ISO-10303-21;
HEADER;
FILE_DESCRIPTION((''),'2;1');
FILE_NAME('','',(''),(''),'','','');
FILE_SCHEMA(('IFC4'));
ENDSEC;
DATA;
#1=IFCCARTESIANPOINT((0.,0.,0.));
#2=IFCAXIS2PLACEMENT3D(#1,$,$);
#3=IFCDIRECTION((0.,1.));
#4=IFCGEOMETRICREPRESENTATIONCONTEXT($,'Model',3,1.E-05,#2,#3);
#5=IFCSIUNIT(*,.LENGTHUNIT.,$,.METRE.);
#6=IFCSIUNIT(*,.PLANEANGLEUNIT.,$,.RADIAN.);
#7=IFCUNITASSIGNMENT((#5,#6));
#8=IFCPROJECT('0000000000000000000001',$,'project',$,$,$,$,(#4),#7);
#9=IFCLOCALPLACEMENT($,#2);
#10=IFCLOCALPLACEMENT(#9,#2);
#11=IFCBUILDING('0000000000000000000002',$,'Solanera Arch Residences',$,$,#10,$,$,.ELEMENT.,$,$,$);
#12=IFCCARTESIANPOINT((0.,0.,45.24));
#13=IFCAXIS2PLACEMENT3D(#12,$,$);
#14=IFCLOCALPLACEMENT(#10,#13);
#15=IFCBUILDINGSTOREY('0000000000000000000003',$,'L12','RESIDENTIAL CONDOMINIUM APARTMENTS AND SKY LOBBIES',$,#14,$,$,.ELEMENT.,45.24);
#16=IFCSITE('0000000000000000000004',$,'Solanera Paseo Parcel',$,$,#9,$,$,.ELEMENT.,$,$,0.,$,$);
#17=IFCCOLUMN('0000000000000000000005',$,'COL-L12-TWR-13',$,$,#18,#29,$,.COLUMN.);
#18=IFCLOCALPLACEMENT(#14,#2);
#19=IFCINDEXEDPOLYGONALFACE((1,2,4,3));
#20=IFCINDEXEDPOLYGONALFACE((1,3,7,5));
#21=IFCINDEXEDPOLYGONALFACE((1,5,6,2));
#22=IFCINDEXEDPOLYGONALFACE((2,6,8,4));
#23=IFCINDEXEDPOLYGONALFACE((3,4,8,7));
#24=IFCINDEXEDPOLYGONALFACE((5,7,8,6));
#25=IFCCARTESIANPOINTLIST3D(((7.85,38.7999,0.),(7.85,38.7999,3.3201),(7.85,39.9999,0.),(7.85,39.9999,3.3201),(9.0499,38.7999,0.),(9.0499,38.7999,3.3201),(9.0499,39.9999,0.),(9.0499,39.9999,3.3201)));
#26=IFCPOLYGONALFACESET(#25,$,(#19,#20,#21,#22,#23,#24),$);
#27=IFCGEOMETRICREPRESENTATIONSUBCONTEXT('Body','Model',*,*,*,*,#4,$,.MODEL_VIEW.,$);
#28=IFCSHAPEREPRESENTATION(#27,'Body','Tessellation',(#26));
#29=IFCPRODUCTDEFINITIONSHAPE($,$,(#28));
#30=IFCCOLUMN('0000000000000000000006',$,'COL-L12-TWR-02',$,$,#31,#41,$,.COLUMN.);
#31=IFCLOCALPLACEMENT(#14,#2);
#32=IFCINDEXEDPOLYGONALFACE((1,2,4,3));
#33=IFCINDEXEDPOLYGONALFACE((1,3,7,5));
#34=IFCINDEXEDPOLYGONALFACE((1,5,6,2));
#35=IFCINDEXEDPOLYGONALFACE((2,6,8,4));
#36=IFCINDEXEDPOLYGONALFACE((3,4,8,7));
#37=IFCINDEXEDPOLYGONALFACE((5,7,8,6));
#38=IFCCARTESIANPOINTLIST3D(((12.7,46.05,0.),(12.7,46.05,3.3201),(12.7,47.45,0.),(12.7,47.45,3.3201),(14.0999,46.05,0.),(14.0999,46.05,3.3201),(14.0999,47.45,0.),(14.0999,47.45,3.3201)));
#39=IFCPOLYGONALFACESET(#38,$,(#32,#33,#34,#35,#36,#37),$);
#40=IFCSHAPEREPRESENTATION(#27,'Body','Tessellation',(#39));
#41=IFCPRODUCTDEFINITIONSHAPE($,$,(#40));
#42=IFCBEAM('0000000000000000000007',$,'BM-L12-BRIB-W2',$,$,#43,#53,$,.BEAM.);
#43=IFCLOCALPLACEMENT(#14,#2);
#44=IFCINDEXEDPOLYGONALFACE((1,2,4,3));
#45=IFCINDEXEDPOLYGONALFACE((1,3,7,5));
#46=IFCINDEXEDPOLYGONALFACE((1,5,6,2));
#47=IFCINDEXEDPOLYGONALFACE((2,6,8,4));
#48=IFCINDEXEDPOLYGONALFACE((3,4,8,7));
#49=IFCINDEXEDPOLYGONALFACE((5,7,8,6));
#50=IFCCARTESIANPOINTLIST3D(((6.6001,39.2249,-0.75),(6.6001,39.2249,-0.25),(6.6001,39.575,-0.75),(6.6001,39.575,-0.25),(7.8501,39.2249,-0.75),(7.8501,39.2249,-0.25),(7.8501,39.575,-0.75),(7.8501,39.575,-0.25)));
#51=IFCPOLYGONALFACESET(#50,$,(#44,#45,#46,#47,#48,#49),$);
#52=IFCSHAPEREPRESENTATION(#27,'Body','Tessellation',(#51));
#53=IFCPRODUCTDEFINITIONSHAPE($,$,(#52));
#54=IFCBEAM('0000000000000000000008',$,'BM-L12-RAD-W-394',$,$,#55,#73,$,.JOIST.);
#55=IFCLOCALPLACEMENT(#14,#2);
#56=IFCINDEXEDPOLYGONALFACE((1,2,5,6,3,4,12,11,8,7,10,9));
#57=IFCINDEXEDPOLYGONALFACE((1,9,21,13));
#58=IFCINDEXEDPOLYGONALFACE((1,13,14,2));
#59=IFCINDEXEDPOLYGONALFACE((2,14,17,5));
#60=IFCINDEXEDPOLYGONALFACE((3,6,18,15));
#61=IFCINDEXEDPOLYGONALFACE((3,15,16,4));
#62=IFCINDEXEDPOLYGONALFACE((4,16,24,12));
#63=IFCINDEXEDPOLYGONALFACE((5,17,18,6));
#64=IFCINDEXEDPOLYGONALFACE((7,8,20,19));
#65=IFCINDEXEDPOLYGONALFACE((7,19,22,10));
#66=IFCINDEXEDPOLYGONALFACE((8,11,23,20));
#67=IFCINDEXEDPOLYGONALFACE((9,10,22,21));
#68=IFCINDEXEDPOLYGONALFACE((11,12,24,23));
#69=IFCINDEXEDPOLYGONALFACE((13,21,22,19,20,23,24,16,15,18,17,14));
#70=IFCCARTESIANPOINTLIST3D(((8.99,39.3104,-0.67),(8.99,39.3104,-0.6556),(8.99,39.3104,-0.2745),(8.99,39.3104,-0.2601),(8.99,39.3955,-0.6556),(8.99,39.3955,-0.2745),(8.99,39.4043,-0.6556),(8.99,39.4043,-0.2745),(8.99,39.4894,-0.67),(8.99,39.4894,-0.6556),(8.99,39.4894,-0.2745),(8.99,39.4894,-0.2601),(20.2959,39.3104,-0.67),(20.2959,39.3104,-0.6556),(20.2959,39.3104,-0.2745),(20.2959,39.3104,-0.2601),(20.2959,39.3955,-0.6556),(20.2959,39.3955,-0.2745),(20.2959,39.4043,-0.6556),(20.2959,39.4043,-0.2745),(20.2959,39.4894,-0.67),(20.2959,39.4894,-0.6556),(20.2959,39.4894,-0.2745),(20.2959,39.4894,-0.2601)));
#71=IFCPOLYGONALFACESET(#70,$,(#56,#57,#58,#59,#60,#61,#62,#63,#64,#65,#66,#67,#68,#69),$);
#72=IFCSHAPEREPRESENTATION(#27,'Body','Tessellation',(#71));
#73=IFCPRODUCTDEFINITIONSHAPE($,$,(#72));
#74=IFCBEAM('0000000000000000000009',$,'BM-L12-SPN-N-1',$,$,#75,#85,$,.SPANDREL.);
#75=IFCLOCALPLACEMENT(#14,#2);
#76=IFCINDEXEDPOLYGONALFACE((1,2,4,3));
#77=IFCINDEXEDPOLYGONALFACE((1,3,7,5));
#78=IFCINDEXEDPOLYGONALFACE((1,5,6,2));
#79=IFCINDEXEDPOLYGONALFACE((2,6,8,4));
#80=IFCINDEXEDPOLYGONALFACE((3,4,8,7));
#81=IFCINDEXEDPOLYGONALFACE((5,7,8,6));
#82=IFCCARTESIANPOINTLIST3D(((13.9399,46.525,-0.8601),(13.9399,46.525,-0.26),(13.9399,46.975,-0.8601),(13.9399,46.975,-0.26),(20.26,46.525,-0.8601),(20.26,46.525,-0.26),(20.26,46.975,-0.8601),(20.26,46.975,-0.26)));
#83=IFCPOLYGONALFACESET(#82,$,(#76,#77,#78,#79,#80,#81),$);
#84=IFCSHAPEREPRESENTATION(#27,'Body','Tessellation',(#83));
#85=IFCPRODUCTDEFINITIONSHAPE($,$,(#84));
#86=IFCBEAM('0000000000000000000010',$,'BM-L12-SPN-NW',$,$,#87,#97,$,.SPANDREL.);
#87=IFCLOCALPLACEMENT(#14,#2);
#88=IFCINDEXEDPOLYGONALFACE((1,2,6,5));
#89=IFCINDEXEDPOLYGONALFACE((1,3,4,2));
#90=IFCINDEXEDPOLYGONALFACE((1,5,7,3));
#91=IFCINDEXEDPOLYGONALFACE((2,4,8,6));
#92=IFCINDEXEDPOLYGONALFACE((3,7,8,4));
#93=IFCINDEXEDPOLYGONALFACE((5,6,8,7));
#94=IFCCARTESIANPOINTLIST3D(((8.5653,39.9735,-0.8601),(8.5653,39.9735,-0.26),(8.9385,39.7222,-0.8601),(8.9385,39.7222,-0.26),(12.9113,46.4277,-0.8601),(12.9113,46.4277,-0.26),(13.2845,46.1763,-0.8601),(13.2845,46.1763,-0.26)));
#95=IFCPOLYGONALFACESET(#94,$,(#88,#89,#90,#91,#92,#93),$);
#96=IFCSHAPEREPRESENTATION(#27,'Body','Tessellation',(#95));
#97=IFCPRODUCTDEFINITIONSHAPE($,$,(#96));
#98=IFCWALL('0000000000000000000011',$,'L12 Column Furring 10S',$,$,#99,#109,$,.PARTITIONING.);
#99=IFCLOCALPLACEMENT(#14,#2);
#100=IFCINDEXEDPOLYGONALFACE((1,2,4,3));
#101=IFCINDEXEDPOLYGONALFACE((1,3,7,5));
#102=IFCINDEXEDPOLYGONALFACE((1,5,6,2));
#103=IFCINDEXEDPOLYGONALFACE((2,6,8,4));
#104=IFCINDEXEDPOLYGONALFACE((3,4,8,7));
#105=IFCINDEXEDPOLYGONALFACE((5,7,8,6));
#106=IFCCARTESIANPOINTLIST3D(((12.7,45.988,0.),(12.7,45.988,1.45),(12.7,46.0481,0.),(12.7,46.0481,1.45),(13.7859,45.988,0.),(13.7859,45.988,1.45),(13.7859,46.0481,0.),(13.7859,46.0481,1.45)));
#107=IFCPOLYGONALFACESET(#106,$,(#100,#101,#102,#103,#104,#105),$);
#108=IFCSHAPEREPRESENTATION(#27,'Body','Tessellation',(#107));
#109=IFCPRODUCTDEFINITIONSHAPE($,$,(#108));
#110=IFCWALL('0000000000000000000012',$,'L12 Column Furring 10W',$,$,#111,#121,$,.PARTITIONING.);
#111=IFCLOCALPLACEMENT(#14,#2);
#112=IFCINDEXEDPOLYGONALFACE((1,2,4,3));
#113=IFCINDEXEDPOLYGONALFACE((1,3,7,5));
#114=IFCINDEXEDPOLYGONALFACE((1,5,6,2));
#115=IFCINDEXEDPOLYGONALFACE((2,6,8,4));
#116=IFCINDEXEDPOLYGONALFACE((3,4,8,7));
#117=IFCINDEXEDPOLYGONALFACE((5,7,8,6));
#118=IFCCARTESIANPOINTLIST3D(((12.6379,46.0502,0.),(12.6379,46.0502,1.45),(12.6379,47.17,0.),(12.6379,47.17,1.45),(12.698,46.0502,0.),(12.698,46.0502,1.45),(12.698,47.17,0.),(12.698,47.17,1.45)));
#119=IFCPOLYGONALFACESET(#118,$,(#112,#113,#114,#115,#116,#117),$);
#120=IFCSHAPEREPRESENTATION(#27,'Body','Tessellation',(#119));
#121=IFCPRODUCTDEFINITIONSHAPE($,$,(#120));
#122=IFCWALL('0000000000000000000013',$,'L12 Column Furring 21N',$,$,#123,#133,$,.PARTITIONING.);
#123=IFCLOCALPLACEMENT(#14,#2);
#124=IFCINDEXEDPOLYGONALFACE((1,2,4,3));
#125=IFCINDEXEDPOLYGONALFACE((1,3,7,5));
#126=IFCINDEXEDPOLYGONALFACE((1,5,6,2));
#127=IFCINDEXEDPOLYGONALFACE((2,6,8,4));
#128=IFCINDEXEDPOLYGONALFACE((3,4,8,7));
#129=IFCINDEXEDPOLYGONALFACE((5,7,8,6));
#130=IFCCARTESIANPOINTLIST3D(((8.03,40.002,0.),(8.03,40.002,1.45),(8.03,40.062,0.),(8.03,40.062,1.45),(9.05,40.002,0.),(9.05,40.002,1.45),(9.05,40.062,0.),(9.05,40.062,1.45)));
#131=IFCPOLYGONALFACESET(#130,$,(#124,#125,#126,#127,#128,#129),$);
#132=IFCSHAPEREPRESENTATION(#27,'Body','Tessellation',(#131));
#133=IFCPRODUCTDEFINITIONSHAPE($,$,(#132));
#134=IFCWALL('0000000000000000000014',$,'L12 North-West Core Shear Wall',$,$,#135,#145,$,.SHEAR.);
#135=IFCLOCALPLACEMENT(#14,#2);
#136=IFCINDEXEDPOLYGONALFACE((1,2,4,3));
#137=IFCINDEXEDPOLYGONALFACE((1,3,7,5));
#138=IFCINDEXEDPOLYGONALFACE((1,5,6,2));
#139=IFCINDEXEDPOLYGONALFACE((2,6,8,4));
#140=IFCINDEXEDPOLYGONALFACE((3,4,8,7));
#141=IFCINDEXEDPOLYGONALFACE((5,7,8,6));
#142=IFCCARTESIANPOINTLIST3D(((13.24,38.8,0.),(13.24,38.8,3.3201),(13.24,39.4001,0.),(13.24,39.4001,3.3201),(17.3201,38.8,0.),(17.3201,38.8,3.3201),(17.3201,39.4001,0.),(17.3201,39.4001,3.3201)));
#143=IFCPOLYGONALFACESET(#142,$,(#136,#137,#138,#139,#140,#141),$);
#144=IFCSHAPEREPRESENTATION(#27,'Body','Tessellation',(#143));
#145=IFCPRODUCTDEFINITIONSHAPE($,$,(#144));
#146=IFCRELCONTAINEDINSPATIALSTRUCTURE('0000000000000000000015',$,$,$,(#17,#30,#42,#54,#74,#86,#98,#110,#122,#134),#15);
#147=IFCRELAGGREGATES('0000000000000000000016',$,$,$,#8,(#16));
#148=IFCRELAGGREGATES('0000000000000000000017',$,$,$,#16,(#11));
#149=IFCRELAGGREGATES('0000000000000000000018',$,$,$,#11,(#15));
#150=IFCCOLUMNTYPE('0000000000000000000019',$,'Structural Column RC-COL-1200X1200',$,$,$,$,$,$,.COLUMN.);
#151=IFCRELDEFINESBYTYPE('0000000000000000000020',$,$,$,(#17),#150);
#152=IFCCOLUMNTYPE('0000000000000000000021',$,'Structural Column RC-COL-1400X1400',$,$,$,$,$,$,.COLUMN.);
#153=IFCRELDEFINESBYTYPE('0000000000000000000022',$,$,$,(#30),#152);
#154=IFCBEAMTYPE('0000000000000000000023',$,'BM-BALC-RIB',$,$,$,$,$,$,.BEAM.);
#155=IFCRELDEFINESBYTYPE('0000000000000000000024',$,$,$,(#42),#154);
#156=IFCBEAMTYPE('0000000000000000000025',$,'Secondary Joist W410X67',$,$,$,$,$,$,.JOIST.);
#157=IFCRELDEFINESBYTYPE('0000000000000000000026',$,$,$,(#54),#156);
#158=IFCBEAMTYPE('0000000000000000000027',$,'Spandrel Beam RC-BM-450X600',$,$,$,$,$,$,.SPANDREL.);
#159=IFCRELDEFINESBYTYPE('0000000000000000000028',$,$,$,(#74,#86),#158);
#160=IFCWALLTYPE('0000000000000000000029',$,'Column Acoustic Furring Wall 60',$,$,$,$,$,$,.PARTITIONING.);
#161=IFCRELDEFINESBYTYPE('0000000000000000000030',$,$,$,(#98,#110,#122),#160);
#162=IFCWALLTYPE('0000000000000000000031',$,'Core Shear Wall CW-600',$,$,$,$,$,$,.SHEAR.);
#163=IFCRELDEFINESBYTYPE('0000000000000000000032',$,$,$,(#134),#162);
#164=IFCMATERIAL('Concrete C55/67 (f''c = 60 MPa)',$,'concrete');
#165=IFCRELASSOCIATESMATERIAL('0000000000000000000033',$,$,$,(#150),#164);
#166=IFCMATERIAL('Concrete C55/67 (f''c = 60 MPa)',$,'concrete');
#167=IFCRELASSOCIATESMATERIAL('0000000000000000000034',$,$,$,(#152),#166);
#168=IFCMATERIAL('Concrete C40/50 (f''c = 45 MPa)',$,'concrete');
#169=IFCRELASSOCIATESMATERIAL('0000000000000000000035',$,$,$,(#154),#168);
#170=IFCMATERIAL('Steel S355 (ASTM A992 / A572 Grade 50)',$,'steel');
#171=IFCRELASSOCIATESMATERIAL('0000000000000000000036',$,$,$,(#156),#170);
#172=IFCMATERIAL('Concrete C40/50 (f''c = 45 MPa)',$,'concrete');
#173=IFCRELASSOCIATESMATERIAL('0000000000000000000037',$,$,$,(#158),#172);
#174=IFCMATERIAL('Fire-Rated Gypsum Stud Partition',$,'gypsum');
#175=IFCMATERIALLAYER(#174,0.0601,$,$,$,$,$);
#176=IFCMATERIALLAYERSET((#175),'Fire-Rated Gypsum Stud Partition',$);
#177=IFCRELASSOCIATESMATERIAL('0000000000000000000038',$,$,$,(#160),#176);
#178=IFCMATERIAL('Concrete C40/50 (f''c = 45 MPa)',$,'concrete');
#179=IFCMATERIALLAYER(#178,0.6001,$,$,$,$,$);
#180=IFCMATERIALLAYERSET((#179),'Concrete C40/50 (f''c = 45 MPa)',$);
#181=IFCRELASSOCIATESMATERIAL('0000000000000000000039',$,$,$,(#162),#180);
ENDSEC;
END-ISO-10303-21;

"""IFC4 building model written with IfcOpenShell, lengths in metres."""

from ifc_helpers import new_model, si_unit, direction, frame, frame_2d, origin, origin_2d, place, context, subcontext, project, spatial, rectangle, i_section, extrude, material, layer, layer_set, material_profile, profile_set, type_object, element, save


model = new_model("IFC4")

# Units and contexts
model_context = context("Model", 3, precision=1e-05, world=origin(), true_north=direction((0.0, 1.0)))
body_context = subcontext(model_context, "Body", "Model", "MODEL_VIEW")
ifc_project = project(units=[si_unit("LENGTHUNIT", "METRE"), si_unit("PLANEANGLEUNIT", "RADIAN")], contexts=[model_context])

# Site, building, storey
site_placement = place(None, origin())
site = spatial("IfcSite", under=ifc_project, at=site_placement, Name="Solanera Paseo Parcel", CompositionType="ELEMENT", RefElevation=0.0)
building_placement = place(site_placement, origin())
building = spatial("IfcBuilding", under=site, at=building_placement, Name="Solanera Arch Residences", CompositionType="ELEMENT")
storey_placement = place(building_placement, frame((0.0, 0.0, 45.24)))
storey = spatial("IfcBuildingStorey", under=building, at=storey_placement, Name="L12", Description="RESIDENTIAL CONDOMINIUM APARTMENTS AND SKY LOBBIES", CompositionType="ELEMENT", Elevation=45.24)

# Columns
ifc_material_1 = material(Name="Concrete C55/67 (f'c = 60 MPa)", Category="concrete")
ifc_material_profile_1 = material_profile(ifc_material_1, rectangle(XDim=1.2, YDim=1.2, at=origin_2d()))
ifc_profile_set_1 = profile_set([ifc_material_profile_1], Name="Concrete C55/67 (f'c = 60 MPa)")
column_type_1 = type_object("IfcColumnType", Name="Structural Column RC-COL-1200X1200", PredefinedType="COLUMN", material=ifc_profile_set_1)
column_1_placement = place(storey_placement, frame((8.45, 39.3999, 0.0), z_axis=(0.0, 0.0, 1.0), x_axis=(1.0, 0.0, 0.0)))
element("IfcColumn", 1, at=column_1_placement, inside=storey, type_object=column_type_1, Name="COL-L12-TWR-13", PredefinedType="COLUMN", context=body_context, shape_type="SweptSolid", body=[
    extrude(rectangle(XDim=1.2, YDim=1.2, at=origin_2d()), origin(), (0.0, 0.0, 1.0), 3.3201),
])
ifc_material_2 = material(Name="Concrete C55/67 (f'c = 60 MPa)", Category="concrete")
ifc_material_profile_2 = material_profile(ifc_material_2, rectangle(XDim=1.3999, YDim=1.3999, at=origin_2d()))
ifc_profile_set_2 = profile_set([ifc_material_profile_2], Name="Concrete C55/67 (f'c = 60 MPa)")
column_type_2 = type_object("IfcColumnType", Name="Structural Column RC-COL-1400X1400", PredefinedType="COLUMN", material=ifc_profile_set_2)
column_2_placement = place(storey_placement, frame((13.3999, 46.75, 0.0), z_axis=(0.0, 0.0, 1.0), x_axis=(1.0, 0.0, 0.0)))
element("IfcColumn", 2, at=column_2_placement, inside=storey, type_object=column_type_2, Name="COL-L12-TWR-02", PredefinedType="COLUMN", context=body_context, shape_type="SweptSolid", body=[
    extrude(rectangle(XDim=1.3999, YDim=1.3999, at=origin_2d()), origin(), (0.0, 0.0, 1.0), 3.3201),
])

# Beams
ifc_material_3 = material(Name="Concrete C40/50 (f'c = 45 MPa)", Category="concrete")
ifc_material_profile_3 = material_profile(ifc_material_3, rectangle(XDim=0.3501, YDim=0.5, at=origin_2d()))
ifc_profile_set_3 = profile_set([ifc_material_profile_3], Name="Concrete C40/50 (f'c = 45 MPa)")
beam_type_1 = type_object("IfcBeamType", Name="BM-BALC-RIB", PredefinedType="BEAM", material=ifc_profile_set_3)
beam_1_placement = place(storey_placement, frame((6.6001, 39.3999, -0.5), z_axis=(1.0, 0.0, 0.0), x_axis=(0.0, 1.0, 0.0)))
element("IfcBeam", 3, at=beam_1_placement, inside=storey, type_object=beam_type_1, Name="BM-L12-BRIB-W2", PredefinedType="BEAM", context=body_context, shape_type="SweptSolid", body=[
    extrude(rectangle(XDim=0.3501, YDim=0.5, at=origin_2d()), origin(), (0.0, 0.0, 1.0), 1.25),
])
ifc_material_4 = material(Name="Steel S355 (ASTM A992 / A572 Grade 50)", Category="steel")
ifc_material_profile_4 = material_profile(ifc_material_4, i_section(OverallWidth=0.179, OverallDepth=0.4099, WebThickness=0.0088, FlangeThickness=0.0144, at=origin_2d()))
ifc_profile_set_4 = profile_set([ifc_material_profile_4], Name="Steel S355 (ASTM A992 / A572 Grade 50)")
beam_type_2 = type_object("IfcBeamType", Name="Secondary Joist W410X67", PredefinedType="JOIST", material=ifc_profile_set_4)
beam_2_placement = place(storey_placement, frame((8.99, 39.3999, -0.4651), z_axis=(1.0, 0.0, 0.0), x_axis=(0.0, 1.0, 0.0)))
element("IfcBeam", 4, at=beam_2_placement, inside=storey, type_object=beam_type_2, Name="BM-L12-RAD-W-394", PredefinedType="JOIST", context=body_context, shape_type="SweptSolid", body=[
    extrude(i_section(OverallWidth=0.179, OverallDepth=0.4099, WebThickness=0.0088, FlangeThickness=0.0144, at=origin_2d()), origin(), (0.0, 0.0, 1.0), 11.3059),
])
ifc_material_5 = material(Name="Concrete C40/50 (f'c = 45 MPa)", Category="concrete")
ifc_material_profile_5 = material_profile(ifc_material_5, rectangle(XDim=0.45, YDim=0.6001, at=origin_2d()))
ifc_profile_set_5 = profile_set([ifc_material_profile_5], Name="Concrete C40/50 (f'c = 45 MPa)")
beam_type_3 = type_object("IfcBeamType", Name="Spandrel Beam RC-BM-450X600", PredefinedType="SPANDREL", material=ifc_profile_set_5)
beam_3_placement = place(storey_placement, frame((13.9399, 46.75, -0.5601), z_axis=(1.0, 0.0, 0.0), x_axis=(0.0, 1.0, 0.0)))
element("IfcBeam", 5, at=beam_3_placement, inside=storey, type_object=beam_type_3, Name="BM-L12-SPN-N-1", PredefinedType="SPANDREL", context=body_context, shape_type="SweptSolid", body=[
    extrude(rectangle(XDim=0.45, YDim=0.6001, at=origin_2d()), origin(), (0.0, 0.0, 1.0), 6.3201),
])
beam_4_placement = place(storey_placement, frame((13.0979, 46.302, -0.5601), z_axis=(-0.558539, -0.829478, 0.0), x_axis=(0.829478, -0.558539, 0.0)))
element("IfcBeam", 6, at=beam_4_placement, inside=storey, type_object=beam_type_3, Name="BM-L12-SPN-NW", PredefinedType="SPANDREL", context=body_context, shape_type="SweptSolid", body=[
    extrude(rectangle(XDim=0.45, YDim=0.6001, at=origin_2d()), origin(), (0.0, 0.0, 1.0), 7.781),
])

# Walls
ifc_material_6 = material(Name="Fire-Rated Gypsum Stud Partition", Category="gypsum")
ifc_layer_1 = layer(ifc_material_6, 0.0601)
ifc_layer_set_1 = layer_set([ifc_layer_1], Name="Fire-Rated Gypsum Stud Partition")
wall_type_1 = type_object("IfcWallType", Name="Column Acoustic Furring Wall 60", PredefinedType="PARTITIONING", material=ifc_layer_set_1)
wall_1_placement = place(storey_placement, frame((12.7, 46.0181, 0.0), z_axis=(0.0, 0.0, 1.0), x_axis=(1.0, 0.0, 0.0)))
element("IfcWall", 7, at=wall_1_placement, inside=storey, type_object=wall_type_1, Name="L12 Column Furring 10S", PredefinedType="PARTITIONING", context=body_context, shape_type="SweptSolid", body=[
    extrude(rectangle(XDim=1.0859, YDim=0.0601, at=frame_2d((0.543, 0.0))), origin(), (0.0, 0.0, 1.0), 1.45),
])
wall_2_placement = place(storey_placement, frame((12.668, 46.05, 0.0), z_axis=(0.0, 0.0, 1.0), x_axis=(0.0, 1.0, 0.0)))
element("IfcWall", 8, at=wall_2_placement, inside=storey, type_object=wall_type_1, Name="L12 Column Furring 10W", PredefinedType="PARTITIONING", context=body_context, shape_type="SweptSolid", body=[
    extrude(rectangle(XDim=1.1199, YDim=0.0601, at=frame_2d((0.5601, 0.0))), origin(), (0.0, 0.0, 1.0), 1.45),
])
wall_3_placement = place(storey_placement, frame((8.03, 40.032, 0.0), z_axis=(0.0, 0.0, 1.0), x_axis=(1.0, 0.0, 0.0)))
element("IfcWall", 9, at=wall_3_placement, inside=storey, type_object=wall_type_1, Name="L12 Column Furring 21N", PredefinedType="PARTITIONING", context=body_context, shape_type="SweptSolid", body=[
    extrude(rectangle(XDim=1.02, YDim=0.0601, at=frame_2d((0.51, 0.0))), origin(), (0.0, 0.0, 1.0), 1.45),
])
ifc_material_7 = material(Name="Concrete C40/50 (f'c = 45 MPa)", Category="concrete")
ifc_layer_2 = layer(ifc_material_7, 0.6001)
ifc_layer_set_2 = layer_set([ifc_layer_2], Name="Concrete C40/50 (f'c = 45 MPa)")
wall_type_2 = type_object("IfcWallType", Name="Core Shear Wall CW-600", PredefinedType="SHEAR", material=ifc_layer_set_2)
wall_4_placement = place(storey_placement, frame((13.24, 39.1001, 0.0), z_axis=(0.0, 0.0, 1.0), x_axis=(1.0, 0.0, 0.0)))
element("IfcWall", 10, at=wall_4_placement, inside=storey, type_object=wall_type_2, Name="L12 North-West Core Shear Wall", PredefinedType="SHEAR", context=body_context, shape_type="SweptSolid", body=[
    extrude(rectangle(XDim=4.0801, YDim=0.6001, at=frame_2d((2.04, 0.0))), origin(), (0.0, 0.0, 1.0), 3.3201),
])

save(model, "model.ifc")
